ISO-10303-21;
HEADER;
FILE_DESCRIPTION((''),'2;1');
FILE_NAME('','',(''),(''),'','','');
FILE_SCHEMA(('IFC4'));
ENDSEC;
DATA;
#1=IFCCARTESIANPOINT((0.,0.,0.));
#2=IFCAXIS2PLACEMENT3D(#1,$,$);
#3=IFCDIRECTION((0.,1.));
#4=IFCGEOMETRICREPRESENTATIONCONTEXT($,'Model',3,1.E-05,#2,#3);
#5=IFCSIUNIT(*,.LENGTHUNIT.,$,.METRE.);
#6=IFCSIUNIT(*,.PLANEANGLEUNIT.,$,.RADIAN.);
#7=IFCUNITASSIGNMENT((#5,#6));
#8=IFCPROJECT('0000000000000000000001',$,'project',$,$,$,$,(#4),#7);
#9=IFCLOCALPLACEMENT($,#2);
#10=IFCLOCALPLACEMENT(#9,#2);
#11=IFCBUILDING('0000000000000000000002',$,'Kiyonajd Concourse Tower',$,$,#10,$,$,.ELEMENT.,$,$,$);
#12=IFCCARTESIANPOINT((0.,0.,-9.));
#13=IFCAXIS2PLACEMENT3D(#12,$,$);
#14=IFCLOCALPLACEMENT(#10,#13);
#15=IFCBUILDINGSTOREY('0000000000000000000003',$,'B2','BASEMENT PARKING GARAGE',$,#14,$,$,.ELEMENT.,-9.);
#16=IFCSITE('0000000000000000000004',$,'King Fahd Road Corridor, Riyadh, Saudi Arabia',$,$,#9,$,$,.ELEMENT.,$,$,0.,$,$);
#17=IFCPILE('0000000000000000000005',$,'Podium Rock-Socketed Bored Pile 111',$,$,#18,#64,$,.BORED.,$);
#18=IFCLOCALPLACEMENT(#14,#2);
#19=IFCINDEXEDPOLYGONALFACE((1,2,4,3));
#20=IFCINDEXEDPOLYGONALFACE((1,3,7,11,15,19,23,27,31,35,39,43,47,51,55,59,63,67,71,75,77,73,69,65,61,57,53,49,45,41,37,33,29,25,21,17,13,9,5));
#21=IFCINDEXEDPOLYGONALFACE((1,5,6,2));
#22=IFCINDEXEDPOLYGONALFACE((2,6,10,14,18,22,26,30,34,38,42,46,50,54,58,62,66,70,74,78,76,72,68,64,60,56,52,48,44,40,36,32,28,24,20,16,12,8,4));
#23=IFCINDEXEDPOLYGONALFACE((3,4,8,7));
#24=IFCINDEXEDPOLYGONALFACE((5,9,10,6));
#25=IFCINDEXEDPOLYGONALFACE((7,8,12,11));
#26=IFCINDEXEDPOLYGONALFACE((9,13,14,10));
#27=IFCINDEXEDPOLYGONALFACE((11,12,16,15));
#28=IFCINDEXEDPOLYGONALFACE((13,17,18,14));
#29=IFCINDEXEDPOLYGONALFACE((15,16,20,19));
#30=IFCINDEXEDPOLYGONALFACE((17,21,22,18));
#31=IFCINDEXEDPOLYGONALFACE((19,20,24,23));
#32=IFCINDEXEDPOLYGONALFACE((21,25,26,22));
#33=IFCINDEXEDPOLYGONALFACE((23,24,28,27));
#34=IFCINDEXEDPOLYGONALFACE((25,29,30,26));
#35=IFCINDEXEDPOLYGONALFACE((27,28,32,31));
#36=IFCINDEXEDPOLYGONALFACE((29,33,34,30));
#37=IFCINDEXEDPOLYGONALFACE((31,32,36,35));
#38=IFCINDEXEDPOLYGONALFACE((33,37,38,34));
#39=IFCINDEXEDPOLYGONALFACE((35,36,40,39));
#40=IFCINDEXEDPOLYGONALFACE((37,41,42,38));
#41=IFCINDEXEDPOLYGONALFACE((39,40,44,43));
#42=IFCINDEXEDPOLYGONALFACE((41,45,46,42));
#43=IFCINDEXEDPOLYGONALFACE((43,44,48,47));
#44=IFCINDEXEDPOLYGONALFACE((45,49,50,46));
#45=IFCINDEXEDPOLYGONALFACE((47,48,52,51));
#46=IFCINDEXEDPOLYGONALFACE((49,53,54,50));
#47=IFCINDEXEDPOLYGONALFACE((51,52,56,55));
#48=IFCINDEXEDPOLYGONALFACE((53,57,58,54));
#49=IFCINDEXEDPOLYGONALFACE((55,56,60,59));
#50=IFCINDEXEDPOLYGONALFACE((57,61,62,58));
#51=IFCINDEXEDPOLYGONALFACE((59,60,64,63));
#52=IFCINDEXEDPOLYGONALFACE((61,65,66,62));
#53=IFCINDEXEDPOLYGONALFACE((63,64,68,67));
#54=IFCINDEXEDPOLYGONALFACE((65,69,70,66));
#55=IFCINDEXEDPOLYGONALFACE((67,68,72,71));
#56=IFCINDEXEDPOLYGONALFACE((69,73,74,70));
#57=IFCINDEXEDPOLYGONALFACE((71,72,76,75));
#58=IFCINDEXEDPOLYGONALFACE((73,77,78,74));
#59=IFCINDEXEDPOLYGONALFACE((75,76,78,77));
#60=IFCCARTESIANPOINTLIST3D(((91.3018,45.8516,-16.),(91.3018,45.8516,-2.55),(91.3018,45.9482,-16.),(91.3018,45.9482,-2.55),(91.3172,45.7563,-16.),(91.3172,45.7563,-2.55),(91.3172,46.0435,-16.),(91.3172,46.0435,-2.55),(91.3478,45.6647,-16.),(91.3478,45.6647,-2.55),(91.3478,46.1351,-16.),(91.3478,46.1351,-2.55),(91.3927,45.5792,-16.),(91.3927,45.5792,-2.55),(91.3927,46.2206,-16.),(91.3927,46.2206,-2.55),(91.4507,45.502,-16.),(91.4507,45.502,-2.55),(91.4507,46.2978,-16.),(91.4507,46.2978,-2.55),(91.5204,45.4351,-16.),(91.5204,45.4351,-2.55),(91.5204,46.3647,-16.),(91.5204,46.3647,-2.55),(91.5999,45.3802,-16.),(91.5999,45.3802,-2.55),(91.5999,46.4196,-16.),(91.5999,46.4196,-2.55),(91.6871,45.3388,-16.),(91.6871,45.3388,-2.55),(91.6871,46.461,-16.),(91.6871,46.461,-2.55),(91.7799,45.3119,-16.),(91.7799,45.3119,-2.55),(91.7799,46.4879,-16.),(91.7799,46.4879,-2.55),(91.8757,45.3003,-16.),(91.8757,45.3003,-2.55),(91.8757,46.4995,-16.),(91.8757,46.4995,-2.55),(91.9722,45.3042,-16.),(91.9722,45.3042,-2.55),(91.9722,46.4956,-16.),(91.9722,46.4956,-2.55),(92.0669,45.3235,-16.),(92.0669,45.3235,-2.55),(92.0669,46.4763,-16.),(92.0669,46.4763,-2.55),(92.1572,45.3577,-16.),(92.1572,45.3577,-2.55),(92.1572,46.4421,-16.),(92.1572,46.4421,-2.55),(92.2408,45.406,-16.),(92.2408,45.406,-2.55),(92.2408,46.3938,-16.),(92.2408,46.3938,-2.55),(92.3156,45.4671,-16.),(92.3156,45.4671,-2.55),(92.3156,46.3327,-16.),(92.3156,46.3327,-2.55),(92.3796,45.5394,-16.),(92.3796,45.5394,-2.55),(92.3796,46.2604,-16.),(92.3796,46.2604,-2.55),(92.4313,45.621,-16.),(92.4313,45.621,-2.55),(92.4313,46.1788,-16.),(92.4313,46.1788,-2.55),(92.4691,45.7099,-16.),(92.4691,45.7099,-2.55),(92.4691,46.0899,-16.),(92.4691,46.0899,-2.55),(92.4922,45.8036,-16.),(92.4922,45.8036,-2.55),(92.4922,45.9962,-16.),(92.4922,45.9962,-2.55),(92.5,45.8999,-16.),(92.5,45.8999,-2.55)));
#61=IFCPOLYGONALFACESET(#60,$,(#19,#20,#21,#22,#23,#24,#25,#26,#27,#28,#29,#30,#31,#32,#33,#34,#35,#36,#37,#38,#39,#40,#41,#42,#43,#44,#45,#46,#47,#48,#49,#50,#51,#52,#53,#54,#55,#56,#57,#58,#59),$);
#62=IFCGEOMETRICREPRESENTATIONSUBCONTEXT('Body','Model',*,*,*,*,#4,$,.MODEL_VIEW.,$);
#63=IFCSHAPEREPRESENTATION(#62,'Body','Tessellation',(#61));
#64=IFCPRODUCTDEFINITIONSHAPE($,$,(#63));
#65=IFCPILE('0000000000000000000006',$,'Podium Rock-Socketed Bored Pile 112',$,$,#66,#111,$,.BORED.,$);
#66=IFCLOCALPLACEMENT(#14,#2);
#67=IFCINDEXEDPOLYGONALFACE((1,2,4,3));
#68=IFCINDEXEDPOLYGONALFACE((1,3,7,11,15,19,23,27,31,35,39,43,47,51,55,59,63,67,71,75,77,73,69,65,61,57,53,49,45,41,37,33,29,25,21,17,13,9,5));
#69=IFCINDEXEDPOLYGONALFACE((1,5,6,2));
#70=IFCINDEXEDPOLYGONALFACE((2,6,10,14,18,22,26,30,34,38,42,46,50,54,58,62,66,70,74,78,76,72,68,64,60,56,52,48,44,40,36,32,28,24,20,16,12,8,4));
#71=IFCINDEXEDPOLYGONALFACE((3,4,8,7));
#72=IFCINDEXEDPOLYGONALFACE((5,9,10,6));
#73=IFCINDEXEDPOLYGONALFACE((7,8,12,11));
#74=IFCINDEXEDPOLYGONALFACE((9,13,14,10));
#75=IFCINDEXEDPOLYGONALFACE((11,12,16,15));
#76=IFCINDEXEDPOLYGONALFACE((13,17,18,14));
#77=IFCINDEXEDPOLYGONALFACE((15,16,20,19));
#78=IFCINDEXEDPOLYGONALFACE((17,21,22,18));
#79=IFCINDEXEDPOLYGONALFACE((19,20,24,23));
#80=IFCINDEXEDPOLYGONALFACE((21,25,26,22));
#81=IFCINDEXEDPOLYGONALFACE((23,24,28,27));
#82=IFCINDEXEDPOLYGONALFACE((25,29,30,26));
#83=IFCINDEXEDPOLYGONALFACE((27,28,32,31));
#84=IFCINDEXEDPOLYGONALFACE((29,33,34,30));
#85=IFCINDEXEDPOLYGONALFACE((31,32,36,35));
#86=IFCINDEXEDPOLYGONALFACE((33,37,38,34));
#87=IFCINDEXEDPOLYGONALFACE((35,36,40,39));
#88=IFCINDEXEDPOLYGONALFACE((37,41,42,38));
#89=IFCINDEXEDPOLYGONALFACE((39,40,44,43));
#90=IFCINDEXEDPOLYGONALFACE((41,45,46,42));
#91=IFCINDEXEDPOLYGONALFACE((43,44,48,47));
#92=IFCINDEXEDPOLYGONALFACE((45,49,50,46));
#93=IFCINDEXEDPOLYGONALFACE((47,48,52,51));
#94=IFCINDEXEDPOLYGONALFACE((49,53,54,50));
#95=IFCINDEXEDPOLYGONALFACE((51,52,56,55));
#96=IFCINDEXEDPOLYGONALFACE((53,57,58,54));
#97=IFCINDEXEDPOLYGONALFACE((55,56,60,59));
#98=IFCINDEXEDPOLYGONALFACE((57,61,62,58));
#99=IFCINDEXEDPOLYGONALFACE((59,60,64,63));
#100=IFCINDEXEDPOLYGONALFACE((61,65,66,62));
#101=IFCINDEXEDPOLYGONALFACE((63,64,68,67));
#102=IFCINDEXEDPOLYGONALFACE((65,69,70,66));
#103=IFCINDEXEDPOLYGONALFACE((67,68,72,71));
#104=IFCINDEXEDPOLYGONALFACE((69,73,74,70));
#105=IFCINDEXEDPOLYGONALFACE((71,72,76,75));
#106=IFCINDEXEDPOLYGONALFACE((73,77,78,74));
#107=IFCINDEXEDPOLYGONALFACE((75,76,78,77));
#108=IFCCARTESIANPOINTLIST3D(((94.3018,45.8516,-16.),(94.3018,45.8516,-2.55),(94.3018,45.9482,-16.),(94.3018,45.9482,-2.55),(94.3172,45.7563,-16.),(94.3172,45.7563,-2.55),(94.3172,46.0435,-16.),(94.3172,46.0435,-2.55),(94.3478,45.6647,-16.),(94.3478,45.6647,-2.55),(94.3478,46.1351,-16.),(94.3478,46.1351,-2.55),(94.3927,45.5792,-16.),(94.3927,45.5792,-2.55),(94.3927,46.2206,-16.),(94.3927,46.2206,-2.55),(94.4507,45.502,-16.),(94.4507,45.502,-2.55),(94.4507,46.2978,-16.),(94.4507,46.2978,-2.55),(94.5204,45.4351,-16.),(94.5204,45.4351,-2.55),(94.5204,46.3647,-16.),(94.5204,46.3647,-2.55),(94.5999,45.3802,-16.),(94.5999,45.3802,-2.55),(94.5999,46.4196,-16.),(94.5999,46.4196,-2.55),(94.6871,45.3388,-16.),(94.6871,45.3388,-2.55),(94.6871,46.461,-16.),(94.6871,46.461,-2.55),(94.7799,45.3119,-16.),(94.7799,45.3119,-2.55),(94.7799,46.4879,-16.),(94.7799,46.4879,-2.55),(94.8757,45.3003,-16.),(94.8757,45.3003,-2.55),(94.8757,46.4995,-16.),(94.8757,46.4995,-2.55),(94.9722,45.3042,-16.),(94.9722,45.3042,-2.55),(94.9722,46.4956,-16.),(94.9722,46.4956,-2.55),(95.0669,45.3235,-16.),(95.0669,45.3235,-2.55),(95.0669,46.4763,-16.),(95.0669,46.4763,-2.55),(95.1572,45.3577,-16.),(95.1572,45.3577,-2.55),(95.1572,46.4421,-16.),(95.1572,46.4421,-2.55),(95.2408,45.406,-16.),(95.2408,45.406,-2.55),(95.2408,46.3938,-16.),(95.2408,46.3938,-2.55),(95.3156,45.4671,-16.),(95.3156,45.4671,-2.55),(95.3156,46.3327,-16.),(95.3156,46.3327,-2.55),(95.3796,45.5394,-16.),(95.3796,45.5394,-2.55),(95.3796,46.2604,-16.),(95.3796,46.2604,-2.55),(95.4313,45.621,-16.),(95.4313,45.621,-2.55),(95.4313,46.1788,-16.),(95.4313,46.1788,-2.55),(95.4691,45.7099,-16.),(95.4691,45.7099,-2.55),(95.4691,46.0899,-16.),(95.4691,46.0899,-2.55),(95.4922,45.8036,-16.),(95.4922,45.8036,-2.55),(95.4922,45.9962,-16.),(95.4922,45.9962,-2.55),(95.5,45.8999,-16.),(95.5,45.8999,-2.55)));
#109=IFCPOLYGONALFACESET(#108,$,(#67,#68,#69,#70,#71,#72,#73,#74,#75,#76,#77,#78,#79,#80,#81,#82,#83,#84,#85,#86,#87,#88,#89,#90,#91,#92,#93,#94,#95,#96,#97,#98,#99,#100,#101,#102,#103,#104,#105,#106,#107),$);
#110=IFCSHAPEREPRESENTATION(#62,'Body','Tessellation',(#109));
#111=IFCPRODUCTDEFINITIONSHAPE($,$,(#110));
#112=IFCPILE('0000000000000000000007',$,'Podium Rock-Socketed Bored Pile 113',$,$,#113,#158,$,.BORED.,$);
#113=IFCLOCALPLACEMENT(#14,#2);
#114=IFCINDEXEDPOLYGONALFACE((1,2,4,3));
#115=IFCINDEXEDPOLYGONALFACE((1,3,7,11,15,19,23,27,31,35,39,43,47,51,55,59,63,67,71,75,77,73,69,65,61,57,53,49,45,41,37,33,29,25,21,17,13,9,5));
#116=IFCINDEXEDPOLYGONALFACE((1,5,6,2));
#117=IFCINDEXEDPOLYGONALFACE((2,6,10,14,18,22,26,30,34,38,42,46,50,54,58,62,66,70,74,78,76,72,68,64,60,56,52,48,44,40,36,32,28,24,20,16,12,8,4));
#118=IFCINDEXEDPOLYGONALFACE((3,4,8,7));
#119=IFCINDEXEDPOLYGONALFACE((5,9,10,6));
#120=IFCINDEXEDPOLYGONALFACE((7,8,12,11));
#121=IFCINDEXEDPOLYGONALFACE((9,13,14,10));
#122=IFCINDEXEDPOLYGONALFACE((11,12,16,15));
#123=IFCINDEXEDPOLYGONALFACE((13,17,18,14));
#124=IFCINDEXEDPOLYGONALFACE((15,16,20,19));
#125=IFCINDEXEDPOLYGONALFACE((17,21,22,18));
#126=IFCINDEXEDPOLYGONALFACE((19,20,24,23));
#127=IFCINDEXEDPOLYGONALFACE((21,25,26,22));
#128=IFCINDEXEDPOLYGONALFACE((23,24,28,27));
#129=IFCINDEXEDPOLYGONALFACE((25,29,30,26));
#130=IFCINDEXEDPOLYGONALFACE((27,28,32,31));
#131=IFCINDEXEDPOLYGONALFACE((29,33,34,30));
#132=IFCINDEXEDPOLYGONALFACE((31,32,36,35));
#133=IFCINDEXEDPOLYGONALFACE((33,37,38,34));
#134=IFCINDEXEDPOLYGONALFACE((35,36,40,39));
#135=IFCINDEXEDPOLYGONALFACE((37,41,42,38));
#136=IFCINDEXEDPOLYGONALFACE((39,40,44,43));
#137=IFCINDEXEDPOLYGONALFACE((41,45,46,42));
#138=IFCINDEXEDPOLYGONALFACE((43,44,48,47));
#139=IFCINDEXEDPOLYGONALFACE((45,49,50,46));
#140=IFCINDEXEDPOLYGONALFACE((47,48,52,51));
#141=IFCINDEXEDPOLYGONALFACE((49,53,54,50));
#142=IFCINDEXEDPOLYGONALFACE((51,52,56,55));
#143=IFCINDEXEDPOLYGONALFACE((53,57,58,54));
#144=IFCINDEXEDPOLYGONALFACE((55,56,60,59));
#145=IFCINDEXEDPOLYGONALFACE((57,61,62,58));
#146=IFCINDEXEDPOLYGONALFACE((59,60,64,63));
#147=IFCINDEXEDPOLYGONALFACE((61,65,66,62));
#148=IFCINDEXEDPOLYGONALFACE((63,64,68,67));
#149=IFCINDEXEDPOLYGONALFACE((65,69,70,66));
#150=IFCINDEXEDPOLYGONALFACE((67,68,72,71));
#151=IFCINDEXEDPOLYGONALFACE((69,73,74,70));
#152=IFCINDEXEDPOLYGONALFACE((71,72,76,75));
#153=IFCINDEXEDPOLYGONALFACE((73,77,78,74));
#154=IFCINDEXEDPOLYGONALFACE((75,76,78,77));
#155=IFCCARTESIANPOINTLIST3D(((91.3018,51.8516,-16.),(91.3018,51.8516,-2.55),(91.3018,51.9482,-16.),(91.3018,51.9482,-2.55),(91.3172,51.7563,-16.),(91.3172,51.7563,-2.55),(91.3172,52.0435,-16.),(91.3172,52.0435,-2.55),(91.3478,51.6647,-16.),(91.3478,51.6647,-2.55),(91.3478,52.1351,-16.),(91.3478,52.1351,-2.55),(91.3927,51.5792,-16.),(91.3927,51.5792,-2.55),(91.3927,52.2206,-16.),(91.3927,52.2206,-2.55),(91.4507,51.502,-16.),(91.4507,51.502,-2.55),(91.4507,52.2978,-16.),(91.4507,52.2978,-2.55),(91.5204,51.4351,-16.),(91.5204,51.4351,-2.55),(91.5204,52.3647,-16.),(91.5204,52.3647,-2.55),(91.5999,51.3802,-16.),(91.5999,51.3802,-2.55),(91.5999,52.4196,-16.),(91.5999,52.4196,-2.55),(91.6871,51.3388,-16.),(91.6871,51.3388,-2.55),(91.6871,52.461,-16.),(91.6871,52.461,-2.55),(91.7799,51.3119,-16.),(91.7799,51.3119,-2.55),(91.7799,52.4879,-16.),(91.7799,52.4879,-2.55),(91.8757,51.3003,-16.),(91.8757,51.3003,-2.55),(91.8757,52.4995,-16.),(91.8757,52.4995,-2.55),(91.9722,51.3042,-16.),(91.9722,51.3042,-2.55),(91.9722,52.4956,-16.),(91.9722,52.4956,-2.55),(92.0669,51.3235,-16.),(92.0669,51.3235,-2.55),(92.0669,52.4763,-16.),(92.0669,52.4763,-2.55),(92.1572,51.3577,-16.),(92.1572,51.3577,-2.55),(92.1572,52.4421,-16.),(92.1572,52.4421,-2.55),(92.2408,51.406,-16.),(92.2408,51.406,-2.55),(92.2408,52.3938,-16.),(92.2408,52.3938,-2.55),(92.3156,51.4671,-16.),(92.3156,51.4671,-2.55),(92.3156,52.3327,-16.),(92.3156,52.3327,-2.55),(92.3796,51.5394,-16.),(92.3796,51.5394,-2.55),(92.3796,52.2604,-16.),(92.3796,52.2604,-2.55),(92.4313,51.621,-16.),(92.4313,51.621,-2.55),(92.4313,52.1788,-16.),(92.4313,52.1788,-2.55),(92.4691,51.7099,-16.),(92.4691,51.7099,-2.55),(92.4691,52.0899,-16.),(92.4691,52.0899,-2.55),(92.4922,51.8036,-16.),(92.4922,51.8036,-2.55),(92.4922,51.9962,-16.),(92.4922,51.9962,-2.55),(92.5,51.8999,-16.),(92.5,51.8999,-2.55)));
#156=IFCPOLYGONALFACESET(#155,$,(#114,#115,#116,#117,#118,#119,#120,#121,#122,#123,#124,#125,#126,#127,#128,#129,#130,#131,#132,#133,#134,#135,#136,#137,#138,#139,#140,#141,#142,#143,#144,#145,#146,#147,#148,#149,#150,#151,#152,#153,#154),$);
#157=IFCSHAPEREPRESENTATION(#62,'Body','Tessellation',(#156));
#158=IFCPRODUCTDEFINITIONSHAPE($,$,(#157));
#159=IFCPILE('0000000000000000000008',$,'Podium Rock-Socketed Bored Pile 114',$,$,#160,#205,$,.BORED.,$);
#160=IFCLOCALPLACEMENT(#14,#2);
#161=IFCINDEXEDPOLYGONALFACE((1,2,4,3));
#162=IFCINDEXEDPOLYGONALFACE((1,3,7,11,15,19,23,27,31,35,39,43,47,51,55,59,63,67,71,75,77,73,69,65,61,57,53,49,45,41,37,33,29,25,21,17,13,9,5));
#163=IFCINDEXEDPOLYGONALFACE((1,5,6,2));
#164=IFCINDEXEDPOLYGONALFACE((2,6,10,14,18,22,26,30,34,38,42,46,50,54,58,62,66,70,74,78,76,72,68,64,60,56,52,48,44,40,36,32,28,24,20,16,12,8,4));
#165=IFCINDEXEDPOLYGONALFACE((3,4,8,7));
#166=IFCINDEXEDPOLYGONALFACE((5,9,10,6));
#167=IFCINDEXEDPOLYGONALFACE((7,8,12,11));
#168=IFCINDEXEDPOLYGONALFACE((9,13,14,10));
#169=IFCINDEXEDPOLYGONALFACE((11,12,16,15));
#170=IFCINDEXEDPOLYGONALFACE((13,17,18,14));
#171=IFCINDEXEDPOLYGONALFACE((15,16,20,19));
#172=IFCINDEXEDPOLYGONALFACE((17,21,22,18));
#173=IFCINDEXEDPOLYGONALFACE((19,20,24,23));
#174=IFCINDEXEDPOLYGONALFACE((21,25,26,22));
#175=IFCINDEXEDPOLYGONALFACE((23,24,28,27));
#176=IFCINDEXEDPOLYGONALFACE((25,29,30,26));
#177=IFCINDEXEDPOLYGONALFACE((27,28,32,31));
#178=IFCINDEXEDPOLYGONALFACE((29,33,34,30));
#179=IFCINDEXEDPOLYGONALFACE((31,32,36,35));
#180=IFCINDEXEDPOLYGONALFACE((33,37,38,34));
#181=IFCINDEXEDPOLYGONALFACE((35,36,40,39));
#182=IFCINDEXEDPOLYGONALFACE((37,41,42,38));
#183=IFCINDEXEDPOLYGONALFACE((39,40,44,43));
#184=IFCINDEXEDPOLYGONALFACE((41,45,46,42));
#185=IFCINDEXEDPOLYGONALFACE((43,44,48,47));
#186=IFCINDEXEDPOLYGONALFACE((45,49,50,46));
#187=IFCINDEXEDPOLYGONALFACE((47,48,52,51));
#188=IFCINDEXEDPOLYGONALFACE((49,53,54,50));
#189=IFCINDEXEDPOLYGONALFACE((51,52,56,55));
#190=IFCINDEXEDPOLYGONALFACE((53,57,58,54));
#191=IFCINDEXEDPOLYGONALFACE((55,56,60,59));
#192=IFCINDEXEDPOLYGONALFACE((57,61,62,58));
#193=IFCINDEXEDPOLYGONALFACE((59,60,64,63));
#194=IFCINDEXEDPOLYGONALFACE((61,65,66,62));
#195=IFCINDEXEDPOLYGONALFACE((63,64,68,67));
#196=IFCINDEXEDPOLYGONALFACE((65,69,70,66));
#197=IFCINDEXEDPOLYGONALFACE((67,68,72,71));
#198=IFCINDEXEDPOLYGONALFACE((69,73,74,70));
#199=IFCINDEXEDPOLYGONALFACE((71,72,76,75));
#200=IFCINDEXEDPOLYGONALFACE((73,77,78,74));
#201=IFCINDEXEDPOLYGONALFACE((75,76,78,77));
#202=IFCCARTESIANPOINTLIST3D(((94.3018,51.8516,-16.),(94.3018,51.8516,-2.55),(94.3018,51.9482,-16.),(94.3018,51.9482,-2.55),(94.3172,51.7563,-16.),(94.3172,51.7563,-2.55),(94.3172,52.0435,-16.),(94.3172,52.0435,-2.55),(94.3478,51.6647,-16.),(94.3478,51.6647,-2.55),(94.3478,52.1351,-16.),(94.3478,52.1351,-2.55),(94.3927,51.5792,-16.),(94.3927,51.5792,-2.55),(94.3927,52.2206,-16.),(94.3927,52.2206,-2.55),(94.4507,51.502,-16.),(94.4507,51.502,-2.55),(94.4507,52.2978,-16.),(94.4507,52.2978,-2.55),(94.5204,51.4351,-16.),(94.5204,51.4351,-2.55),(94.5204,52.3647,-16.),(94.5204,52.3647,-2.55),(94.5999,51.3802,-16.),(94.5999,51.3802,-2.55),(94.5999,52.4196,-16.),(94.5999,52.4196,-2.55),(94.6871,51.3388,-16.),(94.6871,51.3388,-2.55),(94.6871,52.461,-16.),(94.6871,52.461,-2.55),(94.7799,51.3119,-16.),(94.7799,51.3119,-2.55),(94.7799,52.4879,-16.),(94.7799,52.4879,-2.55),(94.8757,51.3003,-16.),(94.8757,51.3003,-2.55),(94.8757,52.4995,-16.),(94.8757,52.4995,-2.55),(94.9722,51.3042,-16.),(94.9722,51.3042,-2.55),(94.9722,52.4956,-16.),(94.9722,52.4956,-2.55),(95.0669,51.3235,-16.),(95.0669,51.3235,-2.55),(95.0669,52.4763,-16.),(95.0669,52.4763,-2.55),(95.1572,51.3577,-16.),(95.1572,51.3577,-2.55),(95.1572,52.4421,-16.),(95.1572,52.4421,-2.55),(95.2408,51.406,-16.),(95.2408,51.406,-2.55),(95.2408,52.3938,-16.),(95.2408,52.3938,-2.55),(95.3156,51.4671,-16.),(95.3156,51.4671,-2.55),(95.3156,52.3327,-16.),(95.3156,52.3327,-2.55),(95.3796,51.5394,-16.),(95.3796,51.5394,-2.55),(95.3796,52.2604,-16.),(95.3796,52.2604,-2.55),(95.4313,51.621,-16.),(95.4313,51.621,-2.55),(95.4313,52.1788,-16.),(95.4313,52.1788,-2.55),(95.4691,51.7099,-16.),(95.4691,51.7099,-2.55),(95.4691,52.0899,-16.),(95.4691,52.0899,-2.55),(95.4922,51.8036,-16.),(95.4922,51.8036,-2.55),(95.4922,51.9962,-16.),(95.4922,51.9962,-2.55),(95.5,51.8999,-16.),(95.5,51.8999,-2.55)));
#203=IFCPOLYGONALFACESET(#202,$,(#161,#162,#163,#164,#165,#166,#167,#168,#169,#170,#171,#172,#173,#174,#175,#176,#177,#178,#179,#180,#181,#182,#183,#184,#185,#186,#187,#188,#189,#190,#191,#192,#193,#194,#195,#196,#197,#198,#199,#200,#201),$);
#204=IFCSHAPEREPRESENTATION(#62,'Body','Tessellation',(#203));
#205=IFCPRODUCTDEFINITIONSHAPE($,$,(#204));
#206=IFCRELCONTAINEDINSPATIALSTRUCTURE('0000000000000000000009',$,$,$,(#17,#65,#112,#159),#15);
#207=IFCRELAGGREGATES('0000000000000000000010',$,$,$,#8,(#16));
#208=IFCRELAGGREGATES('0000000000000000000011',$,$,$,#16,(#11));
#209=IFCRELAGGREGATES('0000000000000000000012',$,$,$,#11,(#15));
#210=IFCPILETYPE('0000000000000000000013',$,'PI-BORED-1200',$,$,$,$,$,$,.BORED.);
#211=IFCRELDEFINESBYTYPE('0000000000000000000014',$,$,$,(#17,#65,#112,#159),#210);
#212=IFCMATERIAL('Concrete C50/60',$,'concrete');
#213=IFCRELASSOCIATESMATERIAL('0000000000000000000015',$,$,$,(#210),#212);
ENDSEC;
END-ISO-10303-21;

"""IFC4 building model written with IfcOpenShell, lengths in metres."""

from ifc_helpers import new_model, si_unit, direction, frame, origin, origin_2d, place, context, subcontext, project, spatial, circle, extrude, material, material_profile, profile_set, type_object, element, save


model = new_model("IFC4")

# Units and contexts
model_context = context("Model", 3, precision=1e-05, world=origin(), true_north=direction((0.0, 1.0)))
body_context = subcontext(model_context, "Body", "Model", "MODEL_VIEW")
ifc_project = project(units=[si_unit("LENGTHUNIT", "METRE"), si_unit("PLANEANGLEUNIT", "RADIAN")], contexts=[model_context])

# Site, building, storey
site_placement = place(None, origin())
site = spatial("IfcSite", under=ifc_project, at=site_placement, Name="King Fahd Road Corridor, Riyadh, Saudi Arabia", CompositionType="ELEMENT", RefElevation=0.0)
building_placement = place(site_placement, origin())
building = spatial("IfcBuilding", under=site, at=building_placement, Name="Kiyonajd Concourse Tower", CompositionType="ELEMENT")
storey_placement = place(building_placement, frame((0.0, 0.0, -9.0)))
storey = spatial("IfcBuildingStorey", under=building, at=storey_placement, Name="B2", Description="BASEMENT PARKING GARAGE", CompositionType="ELEMENT", Elevation=-9.0)

# Shared definitions
ifc_material_1 = material(Name="Concrete C50/60", Category="concrete")

# Piles
ifc_material_profile_1 = material_profile(ifc_material_1, circle(Radius=0.6001, at=origin_2d()), Name="PILE-D1200")
ifc_profile_set_1 = profile_set([ifc_material_profile_1], Name="Concrete C50/60")
pile_type = type_object("IfcPileType", Name="PI-BORED-1200", PredefinedType="BORED", material=ifc_profile_set_1)
for number, where, z_axis, x_axis, name in (
    (1, (91.8999, 45.8999, -2.55), (0.0, 0.0, -1.0), (1.0, 0.0, 0.0), "Podium Rock-Socketed Bored Pile 111"),
    (2, (94.8999, 45.8999, -2.55), (0.0, 0.0, -1.0), (1.0, 0.0, 0.0), "Podium Rock-Socketed Bored Pile 112"),
    (3, (91.8999, 51.8999, -2.55), (0.0, 0.0, -1.0), (1.0, 0.0, 0.0), "Podium Rock-Socketed Bored Pile 113"),
    (4, (94.8999, 51.8999, -2.55), (0.0, 0.0, -1.0), (1.0, 0.0, 0.0), "Podium Rock-Socketed Bored Pile 114"),
):
    element("IfcPile", number, at=place(storey_placement, frame(where, z_axis=z_axis, x_axis=x_axis)), inside=storey, type_object=pile_type, Name=name, PredefinedType="BORED", context=body_context, shape_type="SweptSolid", body=[
        extrude(circle(Radius=0.6001, at=origin_2d()), origin(), (0.0, 0.0, 1.0), 13.45),
    ])

save(model, "model.ifc")
